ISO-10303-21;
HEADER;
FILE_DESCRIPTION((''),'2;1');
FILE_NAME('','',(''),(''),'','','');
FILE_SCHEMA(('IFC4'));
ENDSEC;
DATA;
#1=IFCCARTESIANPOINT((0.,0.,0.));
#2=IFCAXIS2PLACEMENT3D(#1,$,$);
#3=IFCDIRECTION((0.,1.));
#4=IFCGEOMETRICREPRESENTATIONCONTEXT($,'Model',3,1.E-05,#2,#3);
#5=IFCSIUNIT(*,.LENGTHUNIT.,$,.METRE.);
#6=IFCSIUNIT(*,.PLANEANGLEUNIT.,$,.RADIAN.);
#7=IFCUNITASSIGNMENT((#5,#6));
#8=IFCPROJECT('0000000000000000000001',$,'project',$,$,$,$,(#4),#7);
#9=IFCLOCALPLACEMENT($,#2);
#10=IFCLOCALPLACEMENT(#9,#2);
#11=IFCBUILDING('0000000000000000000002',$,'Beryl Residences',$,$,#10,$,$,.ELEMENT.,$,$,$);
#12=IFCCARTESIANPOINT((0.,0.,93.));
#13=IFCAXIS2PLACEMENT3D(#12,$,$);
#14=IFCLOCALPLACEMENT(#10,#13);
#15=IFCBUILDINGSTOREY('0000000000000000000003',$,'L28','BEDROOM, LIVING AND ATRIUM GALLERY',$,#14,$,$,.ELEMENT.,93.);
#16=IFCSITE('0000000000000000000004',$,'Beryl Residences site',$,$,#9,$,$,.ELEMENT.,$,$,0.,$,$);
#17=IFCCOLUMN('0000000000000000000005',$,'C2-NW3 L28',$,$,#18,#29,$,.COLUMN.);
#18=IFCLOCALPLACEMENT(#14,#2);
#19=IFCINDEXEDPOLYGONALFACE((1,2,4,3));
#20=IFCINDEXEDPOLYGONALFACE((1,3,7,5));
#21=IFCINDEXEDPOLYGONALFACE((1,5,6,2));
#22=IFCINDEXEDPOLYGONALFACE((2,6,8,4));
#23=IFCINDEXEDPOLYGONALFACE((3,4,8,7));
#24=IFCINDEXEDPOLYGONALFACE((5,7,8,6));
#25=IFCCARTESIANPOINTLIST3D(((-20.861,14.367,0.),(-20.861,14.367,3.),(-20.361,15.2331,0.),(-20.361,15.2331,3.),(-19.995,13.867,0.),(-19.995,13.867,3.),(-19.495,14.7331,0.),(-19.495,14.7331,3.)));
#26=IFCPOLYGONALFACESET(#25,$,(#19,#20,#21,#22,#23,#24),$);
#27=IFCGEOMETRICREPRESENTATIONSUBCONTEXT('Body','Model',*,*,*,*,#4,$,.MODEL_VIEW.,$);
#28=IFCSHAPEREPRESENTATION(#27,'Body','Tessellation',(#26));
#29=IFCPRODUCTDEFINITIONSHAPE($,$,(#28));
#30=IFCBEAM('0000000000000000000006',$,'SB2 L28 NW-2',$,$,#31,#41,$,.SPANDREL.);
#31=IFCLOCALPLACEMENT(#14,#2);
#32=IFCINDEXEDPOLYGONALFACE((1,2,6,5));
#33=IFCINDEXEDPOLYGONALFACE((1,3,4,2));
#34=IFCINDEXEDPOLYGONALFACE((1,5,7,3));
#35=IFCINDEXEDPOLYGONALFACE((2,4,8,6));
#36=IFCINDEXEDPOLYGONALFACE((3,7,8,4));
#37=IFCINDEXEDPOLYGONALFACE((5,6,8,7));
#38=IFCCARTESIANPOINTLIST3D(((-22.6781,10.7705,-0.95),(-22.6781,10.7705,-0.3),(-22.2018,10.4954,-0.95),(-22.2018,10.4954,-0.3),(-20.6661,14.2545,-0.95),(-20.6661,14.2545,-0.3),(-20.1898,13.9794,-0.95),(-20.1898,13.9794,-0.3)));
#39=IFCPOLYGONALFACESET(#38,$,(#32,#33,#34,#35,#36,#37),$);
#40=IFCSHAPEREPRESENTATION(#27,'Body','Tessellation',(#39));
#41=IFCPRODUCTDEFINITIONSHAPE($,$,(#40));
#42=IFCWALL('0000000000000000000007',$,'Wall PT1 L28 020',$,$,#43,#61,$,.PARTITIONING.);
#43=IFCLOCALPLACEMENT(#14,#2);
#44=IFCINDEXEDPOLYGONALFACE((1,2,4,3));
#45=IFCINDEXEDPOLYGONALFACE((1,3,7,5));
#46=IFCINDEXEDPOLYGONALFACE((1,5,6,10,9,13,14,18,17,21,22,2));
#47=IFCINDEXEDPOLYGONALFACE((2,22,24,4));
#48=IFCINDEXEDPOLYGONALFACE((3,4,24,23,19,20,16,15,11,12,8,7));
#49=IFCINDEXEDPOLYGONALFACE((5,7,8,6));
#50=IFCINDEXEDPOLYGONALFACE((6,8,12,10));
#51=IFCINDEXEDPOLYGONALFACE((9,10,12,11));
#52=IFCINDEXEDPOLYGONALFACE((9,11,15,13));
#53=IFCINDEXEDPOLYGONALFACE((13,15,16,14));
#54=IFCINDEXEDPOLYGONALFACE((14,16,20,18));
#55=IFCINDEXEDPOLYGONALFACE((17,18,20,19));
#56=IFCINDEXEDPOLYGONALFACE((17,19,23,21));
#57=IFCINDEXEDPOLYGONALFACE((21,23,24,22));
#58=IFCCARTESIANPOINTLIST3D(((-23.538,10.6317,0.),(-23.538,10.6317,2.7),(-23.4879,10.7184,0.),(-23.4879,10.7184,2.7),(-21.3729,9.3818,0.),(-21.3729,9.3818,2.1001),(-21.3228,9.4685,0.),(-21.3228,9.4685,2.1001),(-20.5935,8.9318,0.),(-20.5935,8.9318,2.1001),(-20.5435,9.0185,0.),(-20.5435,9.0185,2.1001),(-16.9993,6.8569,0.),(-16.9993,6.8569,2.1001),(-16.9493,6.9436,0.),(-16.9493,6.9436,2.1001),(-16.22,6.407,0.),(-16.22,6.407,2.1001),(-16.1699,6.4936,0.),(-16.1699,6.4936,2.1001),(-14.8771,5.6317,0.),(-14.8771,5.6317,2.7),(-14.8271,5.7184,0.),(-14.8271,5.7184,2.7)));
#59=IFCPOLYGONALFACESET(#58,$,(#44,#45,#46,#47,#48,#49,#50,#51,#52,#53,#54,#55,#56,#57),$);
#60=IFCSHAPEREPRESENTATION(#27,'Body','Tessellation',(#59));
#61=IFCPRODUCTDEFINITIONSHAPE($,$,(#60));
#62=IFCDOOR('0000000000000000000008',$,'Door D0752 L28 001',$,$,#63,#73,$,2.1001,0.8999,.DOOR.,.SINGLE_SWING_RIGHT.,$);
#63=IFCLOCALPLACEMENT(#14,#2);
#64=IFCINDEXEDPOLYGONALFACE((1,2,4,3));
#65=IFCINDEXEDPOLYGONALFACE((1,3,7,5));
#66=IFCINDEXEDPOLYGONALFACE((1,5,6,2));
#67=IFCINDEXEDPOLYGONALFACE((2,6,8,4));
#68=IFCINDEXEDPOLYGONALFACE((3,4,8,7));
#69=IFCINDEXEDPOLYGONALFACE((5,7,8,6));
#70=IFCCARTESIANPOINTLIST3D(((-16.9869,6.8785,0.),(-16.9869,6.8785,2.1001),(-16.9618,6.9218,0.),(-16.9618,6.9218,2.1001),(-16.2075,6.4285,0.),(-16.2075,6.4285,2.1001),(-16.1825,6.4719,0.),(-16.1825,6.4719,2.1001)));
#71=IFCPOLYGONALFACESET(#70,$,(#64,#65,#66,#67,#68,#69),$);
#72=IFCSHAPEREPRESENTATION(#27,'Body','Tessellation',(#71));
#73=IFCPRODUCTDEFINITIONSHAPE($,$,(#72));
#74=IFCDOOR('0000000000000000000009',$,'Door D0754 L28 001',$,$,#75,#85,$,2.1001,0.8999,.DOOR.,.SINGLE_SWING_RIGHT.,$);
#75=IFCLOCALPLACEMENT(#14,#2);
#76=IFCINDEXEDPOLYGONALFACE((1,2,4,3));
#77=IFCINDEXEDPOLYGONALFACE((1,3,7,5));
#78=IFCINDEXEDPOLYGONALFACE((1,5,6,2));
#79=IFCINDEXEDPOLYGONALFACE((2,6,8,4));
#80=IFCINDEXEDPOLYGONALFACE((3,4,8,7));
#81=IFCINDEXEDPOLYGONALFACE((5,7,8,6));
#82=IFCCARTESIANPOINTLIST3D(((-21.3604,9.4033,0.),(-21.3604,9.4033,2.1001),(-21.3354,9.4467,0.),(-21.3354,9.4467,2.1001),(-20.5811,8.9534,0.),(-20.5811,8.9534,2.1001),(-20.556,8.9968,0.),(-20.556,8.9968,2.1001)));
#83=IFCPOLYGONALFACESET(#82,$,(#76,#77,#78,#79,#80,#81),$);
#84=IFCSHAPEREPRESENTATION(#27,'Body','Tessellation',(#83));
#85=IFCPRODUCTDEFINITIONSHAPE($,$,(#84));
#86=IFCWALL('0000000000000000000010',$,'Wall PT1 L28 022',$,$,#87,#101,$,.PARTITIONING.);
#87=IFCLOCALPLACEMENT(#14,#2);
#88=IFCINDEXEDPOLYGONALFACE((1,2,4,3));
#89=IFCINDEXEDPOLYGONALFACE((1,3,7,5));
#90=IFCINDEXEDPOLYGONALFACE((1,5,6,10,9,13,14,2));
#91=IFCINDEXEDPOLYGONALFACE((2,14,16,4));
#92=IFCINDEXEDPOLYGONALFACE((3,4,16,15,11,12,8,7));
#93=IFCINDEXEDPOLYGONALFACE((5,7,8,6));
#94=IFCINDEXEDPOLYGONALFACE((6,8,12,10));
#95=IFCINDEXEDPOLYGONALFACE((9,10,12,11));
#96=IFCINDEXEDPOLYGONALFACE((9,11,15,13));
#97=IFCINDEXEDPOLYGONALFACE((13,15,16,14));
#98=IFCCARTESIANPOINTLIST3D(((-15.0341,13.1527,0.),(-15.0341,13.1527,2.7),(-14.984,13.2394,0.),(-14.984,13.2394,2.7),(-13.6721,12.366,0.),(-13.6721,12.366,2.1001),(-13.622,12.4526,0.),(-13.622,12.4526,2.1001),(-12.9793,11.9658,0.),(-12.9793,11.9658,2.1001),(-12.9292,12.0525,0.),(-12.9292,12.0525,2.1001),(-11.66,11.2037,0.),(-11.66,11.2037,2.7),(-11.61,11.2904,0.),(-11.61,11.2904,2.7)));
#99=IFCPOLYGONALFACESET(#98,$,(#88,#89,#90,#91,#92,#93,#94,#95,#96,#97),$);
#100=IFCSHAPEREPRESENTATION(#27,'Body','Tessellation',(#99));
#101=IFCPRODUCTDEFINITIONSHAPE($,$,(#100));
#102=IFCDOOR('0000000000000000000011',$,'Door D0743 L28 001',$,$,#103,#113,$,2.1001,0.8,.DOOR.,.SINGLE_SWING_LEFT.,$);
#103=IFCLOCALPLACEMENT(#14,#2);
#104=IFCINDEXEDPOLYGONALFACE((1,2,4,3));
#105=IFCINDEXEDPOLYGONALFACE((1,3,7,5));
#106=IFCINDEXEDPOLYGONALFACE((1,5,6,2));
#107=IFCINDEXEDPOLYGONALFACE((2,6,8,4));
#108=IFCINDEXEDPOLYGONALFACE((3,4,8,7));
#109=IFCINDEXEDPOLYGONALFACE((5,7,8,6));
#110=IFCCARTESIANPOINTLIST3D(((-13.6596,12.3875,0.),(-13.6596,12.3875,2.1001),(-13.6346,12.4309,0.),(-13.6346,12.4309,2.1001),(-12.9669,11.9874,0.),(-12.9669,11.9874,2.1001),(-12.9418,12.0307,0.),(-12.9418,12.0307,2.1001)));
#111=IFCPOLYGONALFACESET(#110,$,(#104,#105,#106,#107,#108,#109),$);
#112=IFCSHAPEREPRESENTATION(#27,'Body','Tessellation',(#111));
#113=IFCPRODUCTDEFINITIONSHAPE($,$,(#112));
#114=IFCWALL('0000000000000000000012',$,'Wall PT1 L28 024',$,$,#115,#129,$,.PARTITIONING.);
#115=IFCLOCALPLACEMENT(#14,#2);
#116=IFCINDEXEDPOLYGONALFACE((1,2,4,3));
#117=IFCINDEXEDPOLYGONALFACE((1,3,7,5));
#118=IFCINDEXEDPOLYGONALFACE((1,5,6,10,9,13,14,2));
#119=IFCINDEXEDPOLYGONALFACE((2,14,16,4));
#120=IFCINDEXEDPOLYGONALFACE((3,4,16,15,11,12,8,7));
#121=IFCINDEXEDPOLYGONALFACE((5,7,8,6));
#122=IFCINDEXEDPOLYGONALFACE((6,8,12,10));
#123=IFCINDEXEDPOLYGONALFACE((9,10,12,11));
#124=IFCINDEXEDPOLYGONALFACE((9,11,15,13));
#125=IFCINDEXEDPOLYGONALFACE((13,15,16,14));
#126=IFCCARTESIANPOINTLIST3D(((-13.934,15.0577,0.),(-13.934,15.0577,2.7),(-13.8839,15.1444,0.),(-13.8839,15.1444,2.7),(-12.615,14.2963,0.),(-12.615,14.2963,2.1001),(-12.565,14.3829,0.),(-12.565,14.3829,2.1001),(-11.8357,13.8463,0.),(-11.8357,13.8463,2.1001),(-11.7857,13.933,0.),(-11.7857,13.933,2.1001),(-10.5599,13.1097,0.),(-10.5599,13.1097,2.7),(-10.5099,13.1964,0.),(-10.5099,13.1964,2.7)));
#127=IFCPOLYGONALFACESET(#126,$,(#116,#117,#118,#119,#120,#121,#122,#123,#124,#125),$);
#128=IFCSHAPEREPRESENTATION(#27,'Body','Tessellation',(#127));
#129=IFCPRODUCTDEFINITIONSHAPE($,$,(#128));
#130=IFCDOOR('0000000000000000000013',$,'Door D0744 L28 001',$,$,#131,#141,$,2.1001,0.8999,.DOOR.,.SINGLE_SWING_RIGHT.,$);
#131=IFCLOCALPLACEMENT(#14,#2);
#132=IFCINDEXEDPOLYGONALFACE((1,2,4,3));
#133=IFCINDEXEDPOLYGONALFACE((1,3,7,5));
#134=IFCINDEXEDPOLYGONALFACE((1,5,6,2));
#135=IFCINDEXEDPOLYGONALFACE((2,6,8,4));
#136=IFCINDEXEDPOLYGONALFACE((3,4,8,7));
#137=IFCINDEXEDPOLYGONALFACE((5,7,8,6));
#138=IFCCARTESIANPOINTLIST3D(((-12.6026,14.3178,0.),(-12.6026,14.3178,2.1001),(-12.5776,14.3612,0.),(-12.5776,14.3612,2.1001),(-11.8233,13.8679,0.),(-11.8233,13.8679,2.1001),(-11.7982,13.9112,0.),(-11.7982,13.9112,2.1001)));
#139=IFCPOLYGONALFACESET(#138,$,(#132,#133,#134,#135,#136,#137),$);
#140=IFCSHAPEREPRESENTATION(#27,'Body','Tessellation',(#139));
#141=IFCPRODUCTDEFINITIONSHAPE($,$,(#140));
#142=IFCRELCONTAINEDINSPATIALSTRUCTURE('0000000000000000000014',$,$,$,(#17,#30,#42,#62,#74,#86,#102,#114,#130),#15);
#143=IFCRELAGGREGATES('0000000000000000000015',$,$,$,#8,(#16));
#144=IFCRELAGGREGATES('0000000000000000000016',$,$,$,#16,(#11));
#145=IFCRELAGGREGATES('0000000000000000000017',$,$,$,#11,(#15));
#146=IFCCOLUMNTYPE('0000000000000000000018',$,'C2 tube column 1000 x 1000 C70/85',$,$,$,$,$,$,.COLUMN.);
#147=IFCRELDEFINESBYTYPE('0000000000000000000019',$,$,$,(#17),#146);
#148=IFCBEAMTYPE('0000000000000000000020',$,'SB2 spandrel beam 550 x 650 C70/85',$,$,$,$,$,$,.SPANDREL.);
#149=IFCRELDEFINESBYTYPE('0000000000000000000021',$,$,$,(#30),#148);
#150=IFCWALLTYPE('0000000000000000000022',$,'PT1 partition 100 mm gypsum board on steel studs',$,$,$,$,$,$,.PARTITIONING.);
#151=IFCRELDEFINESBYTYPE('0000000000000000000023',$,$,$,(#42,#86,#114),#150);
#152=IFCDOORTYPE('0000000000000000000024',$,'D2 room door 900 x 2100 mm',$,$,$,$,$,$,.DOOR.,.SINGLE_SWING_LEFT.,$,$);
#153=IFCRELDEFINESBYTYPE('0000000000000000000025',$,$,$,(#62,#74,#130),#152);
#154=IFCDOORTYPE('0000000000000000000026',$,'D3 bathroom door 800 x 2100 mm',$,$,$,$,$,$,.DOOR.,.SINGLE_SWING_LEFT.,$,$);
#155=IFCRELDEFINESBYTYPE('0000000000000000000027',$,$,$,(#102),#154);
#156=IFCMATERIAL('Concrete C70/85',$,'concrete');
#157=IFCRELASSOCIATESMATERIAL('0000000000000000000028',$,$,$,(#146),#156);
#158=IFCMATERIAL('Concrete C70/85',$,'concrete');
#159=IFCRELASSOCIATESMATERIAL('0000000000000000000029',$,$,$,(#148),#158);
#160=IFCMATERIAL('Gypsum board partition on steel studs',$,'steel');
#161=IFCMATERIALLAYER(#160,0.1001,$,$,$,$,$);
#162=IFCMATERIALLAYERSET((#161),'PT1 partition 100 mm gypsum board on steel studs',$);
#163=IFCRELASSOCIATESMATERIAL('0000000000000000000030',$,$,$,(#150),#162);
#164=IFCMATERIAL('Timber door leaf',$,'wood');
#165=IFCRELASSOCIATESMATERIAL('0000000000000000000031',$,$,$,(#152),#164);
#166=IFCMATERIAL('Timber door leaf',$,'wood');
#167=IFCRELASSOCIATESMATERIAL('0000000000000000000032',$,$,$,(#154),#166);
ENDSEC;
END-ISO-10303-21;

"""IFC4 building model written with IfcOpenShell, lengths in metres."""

from ifc_helpers import new_model, si_unit, direction, frame, frame_2d, origin, origin_2d, place, context, subcontext, project, spatial, rectangle, extrude, material, layer, layer_set, material_profile, profile_set, type_object, element, fill, save


model = new_model("IFC4")

# Units and contexts
model_context = context("Model", 3, precision=1e-05, world=origin(), true_north=direction((0.0, 1.0)))
body_context = subcontext(model_context, "Body", "Model", "MODEL_VIEW")
ifc_project = project(units=[si_unit("LENGTHUNIT", "METRE"), si_unit("PLANEANGLEUNIT", "RADIAN")], contexts=[model_context])

# Site, building, storey
site_placement = place(None, origin())
site = spatial("IfcSite", under=ifc_project, at=site_placement, Name="Beryl Residences site", CompositionType="ELEMENT", RefElevation=0.0)
building_placement = place(site_placement, origin())
building = spatial("IfcBuilding", under=site, at=building_placement, Name="Beryl Residences", CompositionType="ELEMENT")
storey_placement = place(building_placement, frame((0.0, 0.0, 93.0)))
storey = spatial("IfcBuildingStorey", under=building, at=storey_placement, Name="L28", Description="BEDROOM, LIVING AND ATRIUM GALLERY", CompositionType="ELEMENT", Elevation=93.0)

# Column
ifc_material_1 = material(Name="Concrete C70/85", Category="concrete")
ifc_material_profile_1 = material_profile(ifc_material_1, rectangle(XDim=1.0, YDim=1.0, at=origin_2d()))
ifc_profile_set_1 = profile_set([ifc_material_profile_1], Name="Concrete C70/85")
column_type = type_object("IfcColumnType", Name="C2 tube column 1000 x 1000 C70/85", PredefinedType="COLUMN", material=ifc_profile_set_1)
column_placement = place(storey_placement, frame((-20.178, 14.55, 0.0), z_axis=(0.0, 0.0, 1.0), x_axis=(-0.5, -0.866025, 0.0)))
element("IfcColumn", 1, at=column_placement, inside=storey, type_object=column_type, Name="C2-NW3 L28", PredefinedType="COLUMN", context=body_context, shape_type="SweptSolid", body=[
    extrude(rectangle(XDim=1.0, YDim=1.0, at=origin_2d()), origin(), (0.0, 0.0, 1.0), 3.0),
])

# Beam
ifc_material_2 = material(Name="Concrete C70/85", Category="concrete")
ifc_material_profile_2 = material_profile(ifc_material_2, rectangle(XDim=0.55, YDim=0.6499, at=origin_2d()))
ifc_profile_set_2 = profile_set([ifc_material_profile_2], Name="Concrete C70/85")
beam_type = type_object("IfcBeamType", Name="SB2 spandrel beam 550 x 650 C70/85", PredefinedType="SPANDREL", material=ifc_profile_set_2)
beam_placement = place(storey_placement, frame((-20.428, 14.1169, -0.625), z_axis=(-0.500101, -0.865967, 0.0), x_axis=(0.865967, -0.500101, 0.0)))
element("IfcBeam", 2, at=beam_placement, inside=storey, type_object=beam_type, Name="SB2 L28 NW-2", PredefinedType="SPANDREL", context=body_context, shape_type="SweptSolid", body=[
    extrude(rectangle(XDim=0.55, YDim=0.6499, at=origin_2d()), origin(), (0.0, 0.0, 1.0), 4.0232),
])

# Wall, openings, doors
ifc_material_3 = material(Name="Gypsum board partition on steel studs", Category="steel")
ifc_layer_1 = layer(ifc_material_3, 0.1001)
ifc_layer_set_1 = layer_set([ifc_layer_1], Name="PT1 partition 100 mm gypsum board on steel studs")
wall_type_1 = type_object("IfcWallType", Name="PT1 partition 100 mm gypsum board on steel studs", PredefinedType="PARTITIONING", material=ifc_layer_set_1)
wall_1_placement = place(storey_placement, frame((-23.5129, 10.675, 0.0), z_axis=(0.0, 0.0, 1.0), x_axis=(0.866041, -0.499973, 0.0)))
wall_1 = element("IfcWall", 3, at=wall_1_placement, inside=storey, type_object=wall_type_1, Name="Wall PT1 L28 020", PredefinedType="PARTITIONING", context=body_context, shape_type="SweptSolid", body=[
    extrude(rectangle(XDim=10.0005, YDim=0.1001, at=frame_2d((5.0002, 0.0))), origin(), (0.0, 0.0, 1.0), 2.7),
])
opening_1_placement = place(wall_1_placement, frame((7.55, 0.0, 0.0)))
opening_1 = element("IfcOpeningElement", 4, at=opening_1_placement, cuts=wall_1, PredefinedType="OPENING", context=body_context, shape_type="SweptSolid", body=[
    extrude(rectangle(XDim=0.8999, YDim=2.1001, at=frame_2d((0.45, 1.05))), frame((0.0, 0.0601, 0.0), z_axis=(0.0, -1.0, 0.0), x_axis=(1.0, 0.0, 0.0)), (0.0, 0.0, 1.0), 0.1201),
])
opening_2_placement = place(wall_1_placement, frame((2.5, 0.0, 0.0)))
opening_2 = element("IfcOpeningElement", 5, at=opening_2_placement, cuts=wall_1, PredefinedType="OPENING", context=body_context, shape_type="SweptSolid", body=[
    extrude(rectangle(XDim=0.8999, YDim=2.1001, at=frame_2d((0.45, 1.05))), frame((0.0, 0.0601, 0.0), z_axis=(0.0, -1.0, 0.0), x_axis=(1.0, 0.0, 0.0)), (0.0, 0.0, 1.0), 0.1201),
])
ifc_material_4 = material(Name="Timber door leaf", Category="wood")
door_type_1 = type_object("IfcDoorType", Name="D2 room door 900 x 2100 mm", OperationType="SINGLE_SWING_LEFT", PredefinedType="DOOR", material=ifc_material_4)
door_1_placement = place(opening_1_placement, origin())
door_1 = element("IfcDoor", 6, at=door_1_placement, inside=storey, type_object=door_type_1, Name="Door D0752 L28 001", OperationType="SINGLE_SWING_RIGHT", OverallHeight=2.1001, OverallWidth=0.8999, PredefinedType="DOOR", context=body_context, shape_type="SweptSolid", body=[
    extrude(rectangle(XDim=0.8999, YDim=2.1001, at=frame_2d((0.45, 1.05))), frame((0.0, 0.0249, 0.0), z_axis=(0.0, -1.0, 0.0), x_axis=(1.0, 0.0, 0.0)), (0.0, 0.0, 1.0), 0.05),
])
fill(opening_1, door_1)
door_2_placement = place(opening_2_placement, origin())
door_2 = element("IfcDoor", 7, at=door_2_placement, inside=storey, type_object=door_type_1, Name="Door D0754 L28 001", OperationType="SINGLE_SWING_RIGHT", OverallHeight=2.1001, OverallWidth=0.8999, PredefinedType="DOOR", context=body_context, shape_type="SweptSolid", body=[
    extrude(rectangle(XDim=0.8999, YDim=2.1001, at=frame_2d((0.45, 1.05))), frame((0.0, 0.0249, 0.0), z_axis=(0.0, -1.0, 0.0), x_axis=(1.0, 0.0, 0.0)), (0.0, 0.0, 1.0), 0.05),
])
fill(opening_2, door_2)

# Walls, openings, doors
wall_2_placement = place(storey_placement, frame((-15.009, 13.196, 0.0), z_axis=(0.0, 0.0, 1.0), x_axis=(0.865916, -0.500189, 0.0)))
wall_2 = element("IfcWall", 8, at=wall_2_placement, inside=storey, type_object=wall_type_1, Name="Wall PT1 L28 022", PredefinedType="PARTITIONING", context=body_context, shape_type="SweptSolid", body=[
    extrude(rectangle(XDim=3.8965, YDim=0.1001, at=frame_2d((1.9482, 0.0))), origin(), (0.0, 0.0, 1.0), 2.7),
])
opening_3_placement = place(wall_2_placement, frame((1.573, 0.0, 0.0)))
opening_3 = element("IfcOpeningElement", 9, at=opening_3_placement, cuts=wall_2, PredefinedType="OPENING", context=body_context, shape_type="SweptSolid", body=[
    extrude(rectangle(XDim=0.8, YDim=2.1001, at=frame_2d((0.3999, 1.05))), frame((0.0, 0.0601, 0.0), z_axis=(0.0, -1.0, 0.0), x_axis=(1.0, 0.0, 0.0)), (0.0, 0.0, 1.0), 0.1201),
])
ifc_material_5 = material(Name="Timber door leaf", Category="wood")
door_type_2 = type_object("IfcDoorType", Name="D3 bathroom door 800 x 2100 mm", OperationType="SINGLE_SWING_LEFT", PredefinedType="DOOR", material=ifc_material_5)
door_3_placement = place(opening_3_placement, origin())
door_3 = element("IfcDoor", 10, at=door_3_placement, inside=storey, type_object=door_type_2, Name="Door D0743 L28 001", OperationType="SINGLE_SWING_LEFT", OverallHeight=2.1001, OverallWidth=0.8, PredefinedType="DOOR", context=body_context, shape_type="SweptSolid", body=[
    extrude(rectangle(XDim=0.8, YDim=2.1001, at=frame_2d((0.3999, 1.05))), frame((0.0, 0.0249, 0.0), z_axis=(0.0, -1.0, 0.0), x_axis=(1.0, 0.0, 0.0)), (0.0, 0.0, 1.0), 0.05),
])
fill(opening_3, door_3)
wall_3_placement = place(storey_placement, frame((-13.9089, 15.1011, 0.0), z_axis=(0.0, 0.0, 1.0), x_axis=(0.866025, -0.500001, 0.0)))
wall_3 = element("IfcWall", 11, at=wall_3_placement, inside=storey, type_object=wall_type_1, Name="Wall PT1 L28 024", PredefinedType="PARTITIONING", context=body_context, shape_type="SweptSolid", body=[
    extrude(rectangle(XDim=3.896, YDim=0.1001, at=frame_2d((1.948, 0.0))), origin(), (0.0, 0.0, 1.0), 2.7),
])
opening_4_placement = place(wall_3_placement, frame((1.5229, 0.0, 0.0)))
opening_4 = element("IfcOpeningElement", 12, at=opening_4_placement, cuts=wall_3, PredefinedType="OPENING", context=body_context, shape_type="SweptSolid", body=[
    extrude(rectangle(XDim=0.8999, YDim=2.1001, at=frame_2d((0.45, 1.05))), frame((0.0, 0.0601, 0.0), z_axis=(0.0, -1.0, 0.0), x_axis=(1.0, 0.0, 0.0)), (0.0, 0.0, 1.0), 0.1201),
])
door_4_placement = place(opening_4_placement, origin())
door_4 = element("IfcDoor", 13, at=door_4_placement, inside=storey, type_object=door_type_1, Name="Door D0744 L28 001", OperationType="SINGLE_SWING_RIGHT", OverallHeight=2.1001, OverallWidth=0.8999, PredefinedType="DOOR", context=body_context, shape_type="SweptSolid", body=[
    extrude(rectangle(XDim=0.8999, YDim=2.1001, at=frame_2d((0.45, 1.05))), frame((0.0, 0.0249, 0.0), z_axis=(0.0, -1.0, 0.0), x_axis=(1.0, 0.0, 0.0)), (0.0, 0.0, 1.0), 0.05),
])
fill(opening_4, door_4)

save(model, "model.ifc")
